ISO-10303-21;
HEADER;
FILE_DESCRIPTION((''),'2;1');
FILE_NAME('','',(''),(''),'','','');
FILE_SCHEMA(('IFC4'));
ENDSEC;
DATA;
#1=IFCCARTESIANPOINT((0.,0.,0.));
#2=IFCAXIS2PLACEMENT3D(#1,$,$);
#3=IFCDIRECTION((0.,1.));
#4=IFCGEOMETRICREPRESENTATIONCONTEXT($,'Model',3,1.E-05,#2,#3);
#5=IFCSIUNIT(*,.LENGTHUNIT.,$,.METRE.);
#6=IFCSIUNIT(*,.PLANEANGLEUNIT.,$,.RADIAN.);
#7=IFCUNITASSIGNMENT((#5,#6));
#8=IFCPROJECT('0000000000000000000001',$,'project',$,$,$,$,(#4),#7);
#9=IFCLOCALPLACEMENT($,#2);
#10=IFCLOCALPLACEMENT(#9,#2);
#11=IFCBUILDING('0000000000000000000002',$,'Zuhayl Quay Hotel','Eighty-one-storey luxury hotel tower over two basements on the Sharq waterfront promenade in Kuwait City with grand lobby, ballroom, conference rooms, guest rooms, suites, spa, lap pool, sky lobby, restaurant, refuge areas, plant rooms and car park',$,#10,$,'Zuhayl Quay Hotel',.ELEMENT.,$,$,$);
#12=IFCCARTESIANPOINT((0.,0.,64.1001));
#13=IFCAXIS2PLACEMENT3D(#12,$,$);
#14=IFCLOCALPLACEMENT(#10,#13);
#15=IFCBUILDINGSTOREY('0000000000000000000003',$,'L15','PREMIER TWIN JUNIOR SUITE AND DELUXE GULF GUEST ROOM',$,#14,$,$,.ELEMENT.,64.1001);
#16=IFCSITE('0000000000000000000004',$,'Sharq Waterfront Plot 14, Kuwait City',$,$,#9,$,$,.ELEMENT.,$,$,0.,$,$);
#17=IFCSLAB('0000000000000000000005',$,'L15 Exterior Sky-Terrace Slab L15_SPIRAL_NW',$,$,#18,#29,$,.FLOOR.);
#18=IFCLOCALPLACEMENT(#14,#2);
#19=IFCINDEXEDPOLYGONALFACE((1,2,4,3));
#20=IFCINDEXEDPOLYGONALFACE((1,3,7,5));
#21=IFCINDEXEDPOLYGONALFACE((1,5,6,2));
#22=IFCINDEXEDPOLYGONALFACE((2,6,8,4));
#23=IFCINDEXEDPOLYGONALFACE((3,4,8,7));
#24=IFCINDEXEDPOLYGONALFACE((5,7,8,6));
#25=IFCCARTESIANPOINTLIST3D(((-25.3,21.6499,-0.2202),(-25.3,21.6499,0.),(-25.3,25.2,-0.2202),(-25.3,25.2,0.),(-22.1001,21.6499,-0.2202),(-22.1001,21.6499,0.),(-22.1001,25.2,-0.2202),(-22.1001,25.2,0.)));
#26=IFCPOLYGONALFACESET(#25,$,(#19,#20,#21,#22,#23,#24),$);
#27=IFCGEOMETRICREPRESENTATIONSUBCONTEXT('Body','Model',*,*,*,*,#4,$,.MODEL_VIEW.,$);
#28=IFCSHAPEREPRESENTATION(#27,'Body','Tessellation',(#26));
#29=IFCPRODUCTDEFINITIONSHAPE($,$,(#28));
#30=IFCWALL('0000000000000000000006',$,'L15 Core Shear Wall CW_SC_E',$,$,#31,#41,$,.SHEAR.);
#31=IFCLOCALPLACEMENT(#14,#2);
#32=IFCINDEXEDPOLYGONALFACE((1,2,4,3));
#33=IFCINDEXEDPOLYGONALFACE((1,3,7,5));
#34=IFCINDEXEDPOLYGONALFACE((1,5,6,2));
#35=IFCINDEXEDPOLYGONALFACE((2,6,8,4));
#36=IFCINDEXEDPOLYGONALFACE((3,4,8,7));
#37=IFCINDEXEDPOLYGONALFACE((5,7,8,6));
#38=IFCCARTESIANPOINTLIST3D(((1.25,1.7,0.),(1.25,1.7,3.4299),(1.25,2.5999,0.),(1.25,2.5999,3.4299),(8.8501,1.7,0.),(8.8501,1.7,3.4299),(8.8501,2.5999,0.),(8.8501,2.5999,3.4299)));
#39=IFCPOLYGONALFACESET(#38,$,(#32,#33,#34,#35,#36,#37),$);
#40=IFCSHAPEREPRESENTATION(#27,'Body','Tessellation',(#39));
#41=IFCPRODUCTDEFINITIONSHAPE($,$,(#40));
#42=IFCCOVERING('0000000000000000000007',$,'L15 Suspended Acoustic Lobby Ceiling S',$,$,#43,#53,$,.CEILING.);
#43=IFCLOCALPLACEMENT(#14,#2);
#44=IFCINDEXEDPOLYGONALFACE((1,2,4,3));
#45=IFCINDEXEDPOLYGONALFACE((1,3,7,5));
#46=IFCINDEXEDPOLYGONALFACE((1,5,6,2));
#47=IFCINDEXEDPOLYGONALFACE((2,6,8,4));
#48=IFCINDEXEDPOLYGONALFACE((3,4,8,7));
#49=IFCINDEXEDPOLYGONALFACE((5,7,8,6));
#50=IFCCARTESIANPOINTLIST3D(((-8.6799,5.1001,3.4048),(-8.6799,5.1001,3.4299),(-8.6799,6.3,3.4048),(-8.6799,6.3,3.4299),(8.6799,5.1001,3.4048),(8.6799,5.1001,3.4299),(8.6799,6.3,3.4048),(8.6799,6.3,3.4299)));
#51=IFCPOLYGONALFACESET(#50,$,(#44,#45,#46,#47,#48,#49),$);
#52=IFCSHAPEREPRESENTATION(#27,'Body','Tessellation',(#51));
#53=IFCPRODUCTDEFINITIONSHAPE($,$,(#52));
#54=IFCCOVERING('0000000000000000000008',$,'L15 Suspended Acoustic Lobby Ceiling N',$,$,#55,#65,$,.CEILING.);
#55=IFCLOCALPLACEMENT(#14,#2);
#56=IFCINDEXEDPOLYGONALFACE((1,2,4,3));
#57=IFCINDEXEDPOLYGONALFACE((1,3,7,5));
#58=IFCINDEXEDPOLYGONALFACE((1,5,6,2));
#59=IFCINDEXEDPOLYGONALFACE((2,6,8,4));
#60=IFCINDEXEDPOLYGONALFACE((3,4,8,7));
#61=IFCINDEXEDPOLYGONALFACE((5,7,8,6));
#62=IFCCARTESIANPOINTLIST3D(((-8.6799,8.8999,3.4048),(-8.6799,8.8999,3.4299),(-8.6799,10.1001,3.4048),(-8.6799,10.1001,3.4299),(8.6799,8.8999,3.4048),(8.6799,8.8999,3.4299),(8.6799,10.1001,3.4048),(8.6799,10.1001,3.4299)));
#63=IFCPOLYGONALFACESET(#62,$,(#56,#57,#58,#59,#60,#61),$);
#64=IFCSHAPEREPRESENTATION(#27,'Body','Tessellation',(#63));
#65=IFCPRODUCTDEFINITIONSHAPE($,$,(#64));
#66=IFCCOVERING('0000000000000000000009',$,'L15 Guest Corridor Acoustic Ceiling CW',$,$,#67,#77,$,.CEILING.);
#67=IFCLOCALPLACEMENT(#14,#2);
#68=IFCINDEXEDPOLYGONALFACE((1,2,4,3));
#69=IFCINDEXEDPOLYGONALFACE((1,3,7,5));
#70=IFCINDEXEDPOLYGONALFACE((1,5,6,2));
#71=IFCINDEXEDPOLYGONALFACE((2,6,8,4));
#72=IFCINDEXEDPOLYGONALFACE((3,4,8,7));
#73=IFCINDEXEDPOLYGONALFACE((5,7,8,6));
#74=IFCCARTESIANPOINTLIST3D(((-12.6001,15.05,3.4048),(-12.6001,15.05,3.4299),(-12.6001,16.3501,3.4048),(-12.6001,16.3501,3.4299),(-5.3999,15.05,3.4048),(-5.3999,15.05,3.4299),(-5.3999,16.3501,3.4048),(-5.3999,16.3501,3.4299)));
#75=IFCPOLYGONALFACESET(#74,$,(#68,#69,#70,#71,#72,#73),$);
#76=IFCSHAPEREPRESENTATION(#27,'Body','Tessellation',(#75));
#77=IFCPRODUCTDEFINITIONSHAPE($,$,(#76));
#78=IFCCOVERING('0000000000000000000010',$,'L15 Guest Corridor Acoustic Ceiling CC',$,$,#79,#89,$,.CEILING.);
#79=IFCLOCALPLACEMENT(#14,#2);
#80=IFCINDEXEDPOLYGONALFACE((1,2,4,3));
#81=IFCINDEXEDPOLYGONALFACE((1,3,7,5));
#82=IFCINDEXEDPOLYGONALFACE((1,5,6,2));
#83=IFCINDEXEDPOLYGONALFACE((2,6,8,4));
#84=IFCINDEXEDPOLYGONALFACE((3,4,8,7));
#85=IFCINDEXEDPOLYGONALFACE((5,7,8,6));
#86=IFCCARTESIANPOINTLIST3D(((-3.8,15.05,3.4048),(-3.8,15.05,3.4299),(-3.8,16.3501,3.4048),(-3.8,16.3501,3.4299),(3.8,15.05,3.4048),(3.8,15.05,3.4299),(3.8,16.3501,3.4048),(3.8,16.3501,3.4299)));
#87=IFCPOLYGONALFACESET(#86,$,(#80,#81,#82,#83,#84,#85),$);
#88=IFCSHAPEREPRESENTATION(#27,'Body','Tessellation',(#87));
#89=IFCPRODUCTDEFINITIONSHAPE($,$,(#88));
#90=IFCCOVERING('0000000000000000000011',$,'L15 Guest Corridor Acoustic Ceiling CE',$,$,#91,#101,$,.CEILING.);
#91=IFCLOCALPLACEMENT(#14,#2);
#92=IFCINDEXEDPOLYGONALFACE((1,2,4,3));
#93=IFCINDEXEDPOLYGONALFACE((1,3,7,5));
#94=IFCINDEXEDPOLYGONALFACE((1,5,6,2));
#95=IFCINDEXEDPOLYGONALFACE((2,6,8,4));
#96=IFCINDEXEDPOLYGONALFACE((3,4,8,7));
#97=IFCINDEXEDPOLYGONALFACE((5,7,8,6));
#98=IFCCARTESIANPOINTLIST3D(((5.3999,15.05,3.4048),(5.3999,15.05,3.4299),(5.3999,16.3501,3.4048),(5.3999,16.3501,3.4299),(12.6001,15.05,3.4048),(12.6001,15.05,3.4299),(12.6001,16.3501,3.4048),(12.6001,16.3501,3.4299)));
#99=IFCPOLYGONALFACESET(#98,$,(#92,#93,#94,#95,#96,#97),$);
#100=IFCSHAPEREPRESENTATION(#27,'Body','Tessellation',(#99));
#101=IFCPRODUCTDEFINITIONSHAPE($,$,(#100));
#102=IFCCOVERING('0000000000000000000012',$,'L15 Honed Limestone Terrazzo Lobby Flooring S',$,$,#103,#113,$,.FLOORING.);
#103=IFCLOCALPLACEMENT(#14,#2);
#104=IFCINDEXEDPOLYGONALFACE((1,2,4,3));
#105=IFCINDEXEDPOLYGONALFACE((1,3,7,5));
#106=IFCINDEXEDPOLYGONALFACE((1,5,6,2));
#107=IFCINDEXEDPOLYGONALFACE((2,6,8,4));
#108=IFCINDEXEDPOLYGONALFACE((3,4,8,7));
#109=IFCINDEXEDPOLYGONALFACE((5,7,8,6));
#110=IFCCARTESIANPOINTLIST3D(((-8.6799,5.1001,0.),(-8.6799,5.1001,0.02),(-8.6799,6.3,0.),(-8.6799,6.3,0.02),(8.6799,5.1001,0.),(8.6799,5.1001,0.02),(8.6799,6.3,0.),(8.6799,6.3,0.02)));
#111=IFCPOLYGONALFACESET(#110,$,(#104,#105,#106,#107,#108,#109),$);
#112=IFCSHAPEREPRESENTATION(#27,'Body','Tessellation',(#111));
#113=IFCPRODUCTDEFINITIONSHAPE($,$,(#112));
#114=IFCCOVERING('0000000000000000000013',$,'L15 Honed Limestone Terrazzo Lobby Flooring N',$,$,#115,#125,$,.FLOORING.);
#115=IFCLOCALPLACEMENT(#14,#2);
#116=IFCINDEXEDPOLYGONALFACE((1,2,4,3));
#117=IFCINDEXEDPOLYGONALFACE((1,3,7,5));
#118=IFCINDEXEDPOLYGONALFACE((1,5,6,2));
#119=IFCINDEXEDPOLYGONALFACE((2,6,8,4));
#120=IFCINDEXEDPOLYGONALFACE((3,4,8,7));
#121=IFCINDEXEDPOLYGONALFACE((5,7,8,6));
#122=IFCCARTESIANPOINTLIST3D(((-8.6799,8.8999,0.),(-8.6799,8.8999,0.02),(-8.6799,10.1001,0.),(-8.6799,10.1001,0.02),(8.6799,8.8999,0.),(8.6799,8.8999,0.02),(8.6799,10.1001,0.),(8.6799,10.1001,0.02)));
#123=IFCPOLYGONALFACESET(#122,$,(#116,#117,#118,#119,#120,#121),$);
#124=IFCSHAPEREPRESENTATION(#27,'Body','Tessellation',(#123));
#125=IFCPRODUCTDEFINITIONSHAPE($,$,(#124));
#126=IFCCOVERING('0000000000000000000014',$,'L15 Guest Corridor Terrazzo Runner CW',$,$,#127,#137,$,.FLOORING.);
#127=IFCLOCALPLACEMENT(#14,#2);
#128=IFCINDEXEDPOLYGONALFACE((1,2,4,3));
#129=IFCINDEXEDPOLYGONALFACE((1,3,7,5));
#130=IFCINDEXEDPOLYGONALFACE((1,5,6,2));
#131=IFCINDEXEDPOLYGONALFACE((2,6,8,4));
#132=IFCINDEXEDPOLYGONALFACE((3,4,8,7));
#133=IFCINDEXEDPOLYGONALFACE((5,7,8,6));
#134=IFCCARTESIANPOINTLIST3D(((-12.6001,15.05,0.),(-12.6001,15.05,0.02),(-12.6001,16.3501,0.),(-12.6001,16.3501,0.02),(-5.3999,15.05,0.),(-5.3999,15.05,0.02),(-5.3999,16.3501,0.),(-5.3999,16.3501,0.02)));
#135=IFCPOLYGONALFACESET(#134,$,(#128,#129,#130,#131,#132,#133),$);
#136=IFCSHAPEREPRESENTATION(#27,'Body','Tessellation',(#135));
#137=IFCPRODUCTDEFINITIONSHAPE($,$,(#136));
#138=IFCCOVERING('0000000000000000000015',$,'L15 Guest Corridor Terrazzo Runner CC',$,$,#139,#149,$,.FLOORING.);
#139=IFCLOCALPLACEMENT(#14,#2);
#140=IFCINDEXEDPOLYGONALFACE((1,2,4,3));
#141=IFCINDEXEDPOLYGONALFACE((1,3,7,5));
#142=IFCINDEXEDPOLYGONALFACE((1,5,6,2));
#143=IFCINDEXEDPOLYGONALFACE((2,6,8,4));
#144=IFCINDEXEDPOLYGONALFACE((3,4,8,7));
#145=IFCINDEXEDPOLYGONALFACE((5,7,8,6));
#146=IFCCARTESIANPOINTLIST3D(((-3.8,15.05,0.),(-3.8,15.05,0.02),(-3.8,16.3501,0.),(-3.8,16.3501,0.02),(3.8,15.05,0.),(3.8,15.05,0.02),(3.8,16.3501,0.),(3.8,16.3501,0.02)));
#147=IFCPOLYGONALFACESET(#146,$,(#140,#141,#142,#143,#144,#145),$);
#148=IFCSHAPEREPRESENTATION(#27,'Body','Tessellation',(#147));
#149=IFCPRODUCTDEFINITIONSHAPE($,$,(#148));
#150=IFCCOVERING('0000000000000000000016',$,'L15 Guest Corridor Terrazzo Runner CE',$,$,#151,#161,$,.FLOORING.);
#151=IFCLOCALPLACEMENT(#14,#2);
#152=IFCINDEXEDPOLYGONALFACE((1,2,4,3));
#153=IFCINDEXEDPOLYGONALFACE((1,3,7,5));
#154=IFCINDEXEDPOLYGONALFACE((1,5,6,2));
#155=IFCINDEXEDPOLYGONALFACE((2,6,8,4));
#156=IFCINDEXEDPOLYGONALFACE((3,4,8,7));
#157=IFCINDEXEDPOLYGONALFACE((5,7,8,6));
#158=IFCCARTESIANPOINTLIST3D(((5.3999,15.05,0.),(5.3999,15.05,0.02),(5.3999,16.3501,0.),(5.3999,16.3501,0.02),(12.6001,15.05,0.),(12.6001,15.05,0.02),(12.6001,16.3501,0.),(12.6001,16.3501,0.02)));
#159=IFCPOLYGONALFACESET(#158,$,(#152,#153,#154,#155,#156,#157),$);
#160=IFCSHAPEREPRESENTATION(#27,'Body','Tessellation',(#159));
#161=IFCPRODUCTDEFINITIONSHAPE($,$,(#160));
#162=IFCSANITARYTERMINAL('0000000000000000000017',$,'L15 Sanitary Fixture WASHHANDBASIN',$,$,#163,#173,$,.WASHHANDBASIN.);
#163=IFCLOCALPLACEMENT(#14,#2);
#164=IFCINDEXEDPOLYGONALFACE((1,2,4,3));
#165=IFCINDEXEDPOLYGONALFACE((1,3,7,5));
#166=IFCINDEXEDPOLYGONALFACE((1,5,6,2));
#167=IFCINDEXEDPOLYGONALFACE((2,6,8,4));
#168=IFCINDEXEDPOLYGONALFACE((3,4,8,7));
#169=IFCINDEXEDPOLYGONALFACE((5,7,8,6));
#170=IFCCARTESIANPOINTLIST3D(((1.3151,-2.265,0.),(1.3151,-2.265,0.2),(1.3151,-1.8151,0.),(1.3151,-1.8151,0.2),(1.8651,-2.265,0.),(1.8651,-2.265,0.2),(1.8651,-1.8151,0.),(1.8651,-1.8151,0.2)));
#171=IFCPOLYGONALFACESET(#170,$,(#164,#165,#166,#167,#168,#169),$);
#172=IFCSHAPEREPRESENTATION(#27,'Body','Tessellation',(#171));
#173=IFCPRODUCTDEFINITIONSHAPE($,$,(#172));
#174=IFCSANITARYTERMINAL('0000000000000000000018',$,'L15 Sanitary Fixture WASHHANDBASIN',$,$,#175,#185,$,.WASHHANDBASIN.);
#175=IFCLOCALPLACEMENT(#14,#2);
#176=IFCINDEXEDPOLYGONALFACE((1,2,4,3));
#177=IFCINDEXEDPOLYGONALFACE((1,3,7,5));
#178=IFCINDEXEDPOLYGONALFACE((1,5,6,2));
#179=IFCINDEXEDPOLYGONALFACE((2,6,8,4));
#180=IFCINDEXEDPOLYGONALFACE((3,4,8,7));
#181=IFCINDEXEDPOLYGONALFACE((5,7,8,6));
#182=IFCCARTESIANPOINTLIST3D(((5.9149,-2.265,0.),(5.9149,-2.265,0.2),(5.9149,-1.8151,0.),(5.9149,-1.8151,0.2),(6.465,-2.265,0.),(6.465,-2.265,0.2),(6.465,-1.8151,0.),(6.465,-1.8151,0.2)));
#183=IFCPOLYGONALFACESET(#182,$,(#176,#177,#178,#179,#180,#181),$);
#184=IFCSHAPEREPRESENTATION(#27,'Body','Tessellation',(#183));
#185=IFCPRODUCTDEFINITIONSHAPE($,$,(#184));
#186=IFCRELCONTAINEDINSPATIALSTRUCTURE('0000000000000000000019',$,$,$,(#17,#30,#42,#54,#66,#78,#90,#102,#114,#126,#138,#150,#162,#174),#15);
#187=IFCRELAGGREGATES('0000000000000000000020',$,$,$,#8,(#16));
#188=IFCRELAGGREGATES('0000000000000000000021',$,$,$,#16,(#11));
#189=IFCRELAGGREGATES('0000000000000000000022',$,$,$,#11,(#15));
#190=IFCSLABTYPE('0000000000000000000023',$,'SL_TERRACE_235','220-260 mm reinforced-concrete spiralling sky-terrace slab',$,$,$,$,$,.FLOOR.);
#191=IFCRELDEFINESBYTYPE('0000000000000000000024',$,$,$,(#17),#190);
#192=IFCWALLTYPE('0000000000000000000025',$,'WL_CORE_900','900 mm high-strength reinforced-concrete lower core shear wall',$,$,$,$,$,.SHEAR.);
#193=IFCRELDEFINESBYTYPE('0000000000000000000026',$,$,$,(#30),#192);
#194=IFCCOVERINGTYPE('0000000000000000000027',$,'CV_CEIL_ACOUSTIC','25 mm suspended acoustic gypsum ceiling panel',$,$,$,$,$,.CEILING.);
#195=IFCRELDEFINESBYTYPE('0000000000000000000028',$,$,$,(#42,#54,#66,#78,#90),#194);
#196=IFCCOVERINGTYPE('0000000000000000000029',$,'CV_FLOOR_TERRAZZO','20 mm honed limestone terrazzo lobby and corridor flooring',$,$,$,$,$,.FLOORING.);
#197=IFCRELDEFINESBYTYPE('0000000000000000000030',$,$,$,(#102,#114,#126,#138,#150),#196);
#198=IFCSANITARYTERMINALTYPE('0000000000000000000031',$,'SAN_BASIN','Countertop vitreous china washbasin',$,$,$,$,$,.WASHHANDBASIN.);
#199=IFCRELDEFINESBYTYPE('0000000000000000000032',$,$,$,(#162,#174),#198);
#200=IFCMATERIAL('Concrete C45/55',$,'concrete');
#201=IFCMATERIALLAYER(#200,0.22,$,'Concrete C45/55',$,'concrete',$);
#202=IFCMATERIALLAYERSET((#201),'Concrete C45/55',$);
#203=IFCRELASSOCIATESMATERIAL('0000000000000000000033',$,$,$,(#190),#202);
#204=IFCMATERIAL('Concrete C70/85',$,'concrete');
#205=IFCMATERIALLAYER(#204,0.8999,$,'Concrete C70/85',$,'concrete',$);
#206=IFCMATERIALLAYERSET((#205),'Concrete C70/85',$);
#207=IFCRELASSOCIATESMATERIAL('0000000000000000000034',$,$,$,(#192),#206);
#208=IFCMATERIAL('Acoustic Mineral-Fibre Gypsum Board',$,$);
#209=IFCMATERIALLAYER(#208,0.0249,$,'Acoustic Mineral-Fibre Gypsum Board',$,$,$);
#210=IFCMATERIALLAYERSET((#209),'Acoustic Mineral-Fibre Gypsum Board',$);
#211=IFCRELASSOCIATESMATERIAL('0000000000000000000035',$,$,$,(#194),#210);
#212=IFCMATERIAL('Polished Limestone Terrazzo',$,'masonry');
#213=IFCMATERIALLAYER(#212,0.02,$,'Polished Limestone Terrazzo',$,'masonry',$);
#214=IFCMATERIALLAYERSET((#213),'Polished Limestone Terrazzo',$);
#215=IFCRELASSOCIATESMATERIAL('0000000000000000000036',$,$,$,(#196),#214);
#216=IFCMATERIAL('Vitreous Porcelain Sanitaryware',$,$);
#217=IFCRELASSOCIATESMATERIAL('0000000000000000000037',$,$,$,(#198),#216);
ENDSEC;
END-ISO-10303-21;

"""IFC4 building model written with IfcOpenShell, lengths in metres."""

from ifc_helpers import new_model, si_unit, direction, frame, frame_2d, origin, origin_2d, place, context, subcontext, project, spatial, polyline, rectangle, outline, extrude, material, layer, layer_set, type_object, element, save


model = new_model("IFC4")

# Units and contexts
model_context = context("Model", 3, precision=1e-05, world=origin(), true_north=direction((0.0, 1.0)))
body_context = subcontext(model_context, "Body", "Model", "MODEL_VIEW")
ifc_project = project(units=[si_unit("LENGTHUNIT", "METRE"), si_unit("PLANEANGLEUNIT", "RADIAN")], contexts=[model_context])

# Site, building, storey
site_placement = place(None, origin())
site = spatial("IfcSite", under=ifc_project, at=site_placement, Name="Sharq Waterfront Plot 14, Kuwait City", CompositionType="ELEMENT", RefElevation=0.0)
building_placement = place(site_placement, origin())
building = spatial("IfcBuilding", under=site, at=building_placement, Name="Zuhayl Quay Hotel", Description="Eighty-one-storey luxury hotel tower over two basements on the Sharq waterfront promenade in Kuwait City with grand lobby, ballroom, conference rooms, guest rooms, suites, spa, lap pool, sky lobby, restaurant, refuge areas, plant rooms and car park", LongName="Zuhayl Quay Hotel", CompositionType="ELEMENT")
storey_placement = place(building_placement, frame((0.0, 0.0, 64.1001)))
storey = spatial("IfcBuildingStorey", under=building, at=storey_placement, Name="L15", Description="PREMIER TWIN JUNIOR SUITE AND DELUXE GULF GUEST ROOM", CompositionType="ELEMENT", Elevation=64.1001)

# Shared definitions
ifc_material_1 = material(Name="Concrete C70/85", Category="concrete")

# Shared definitions
ifc_material_2 = material(Name="Concrete C45/55", Category="concrete")

# Slab
ifc_layer_1 = layer(ifc_material_2, 0.22, Name="Concrete C45/55", Category="concrete")
ifc_layer_set_1 = layer_set([ifc_layer_1], Name="Concrete C45/55")
slab_type_1 = type_object("IfcSlabType", Name="SL_TERRACE_235", Description="220-260 mm reinforced-concrete spiralling sky-terrace slab", PredefinedType="FLOOR", material=ifc_layer_set_1)
slab_1_placement = place(storey_placement, frame((0.0, 0.0, -0.2202)))
element("IfcSlab", 1, at=slab_1_placement, inside=storey, type_object=slab_type_1, Name="L15 Exterior Sky-Terrace Slab L15_SPIRAL_NW", PredefinedType="FLOOR", context=body_context, shape_type="SweptSolid", body=[
    extrude(outline(polyline([(-25.3, 21.6499), (-22.1001, 21.6499), (-22.1001, 25.2), (-25.3, 25.2), (-25.3, 21.6499)])), origin(), (0.0, 0.0, 1.0), 0.2202),
])

# Wall
ifc_layer_2 = layer(ifc_material_1, 0.8999, Name="Concrete C70/85", Category="concrete")
ifc_layer_set_2 = layer_set([ifc_layer_2], Name="Concrete C70/85")
wall_type_1 = type_object("IfcWallType", Name="WL_CORE_900", Description="900 mm high-strength reinforced-concrete lower core shear wall", PredefinedType="SHEAR", material=ifc_layer_set_2)
wall_1_placement = place(storey_placement, frame((1.25, 2.1499, 0.0), z_axis=(0.0, 0.0, 1.0), x_axis=(1.0, 0.0, 0.0)))
element("IfcWall", 2, at=wall_1_placement, inside=storey, type_object=wall_type_1, Name="L15 Core Shear Wall CW_SC_E", PredefinedType="SHEAR", context=body_context, shape_type="SweptSolid", body=[
    extrude(rectangle(XDim=7.6001, YDim=0.8999, at=frame_2d((3.8, 0.0))), origin(), (0.0, 0.0, 1.0), 3.4299),
])

# Coverings
ifc_material_3 = material(Name="Acoustic Mineral-Fibre Gypsum Board")
ifc_layer_3 = layer(ifc_material_3, 0.0249, Name="Acoustic Mineral-Fibre Gypsum Board")
ifc_layer_set_3 = layer_set([ifc_layer_3], Name="Acoustic Mineral-Fibre Gypsum Board")
covering_type_1 = type_object("IfcCoveringType", Name="CV_CEIL_ACOUSTIC", Description="25 mm suspended acoustic gypsum ceiling panel", PredefinedType="CEILING", material=ifc_layer_set_3)
covering_1_placement = place(storey_placement, frame((0.0, 0.0, 3.4048)))
element("IfcCovering", 3, at=covering_1_placement, inside=storey, type_object=covering_type_1, Name="L15 Suspended Acoustic Lobby Ceiling S", PredefinedType="CEILING", context=body_context, shape_type="SweptSolid", body=[
    extrude(outline(polyline([(-8.6799, 5.1001), (8.6799, 5.1001), (8.6799, 6.3), (-8.6799, 6.3), (-8.6799, 5.1001)])), origin(), (0.0, 0.0, 1.0), 0.0251),
])
covering_2_placement = place(storey_placement, frame((0.0, 0.0, 3.4048)))
element("IfcCovering", 4, at=covering_2_placement, inside=storey, type_object=covering_type_1, Name="L15 Suspended Acoustic Lobby Ceiling N", PredefinedType="CEILING", context=body_context, shape_type="SweptSolid", body=[
    extrude(outline(polyline([(-8.6799, 8.8999), (8.6799, 8.8999), (8.6799, 10.1001), (-8.6799, 10.1001), (-8.6799, 8.8999)])), origin(), (0.0, 0.0, 1.0), 0.0251),
])
covering_3_placement = place(storey_placement, frame((0.0, 0.0, 3.4048)))
element("IfcCovering", 5, at=covering_3_placement, inside=storey, type_object=covering_type_1, Name="L15 Guest Corridor Acoustic Ceiling CW", PredefinedType="CEILING", context=body_context, shape_type="SweptSolid", body=[
    extrude(outline(polyline([(-12.6001, 15.05), (-5.3999, 15.05), (-5.3999, 16.3501), (-12.6001, 16.3501), (-12.6001, 15.05)])), origin(), (0.0, 0.0, 1.0), 0.0251),
])
covering_4_placement = place(storey_placement, frame((0.0, 0.0, 3.4048)))
element("IfcCovering", 6, at=covering_4_placement, inside=storey, type_object=covering_type_1, Name="L15 Guest Corridor Acoustic Ceiling CC", PredefinedType="CEILING", context=body_context, shape_type="SweptSolid", body=[
    extrude(outline(polyline([(-3.8, 15.05), (3.8, 15.05), (3.8, 16.3501), (-3.8, 16.3501), (-3.8, 15.05)])), origin(), (0.0, 0.0, 1.0), 0.0251),
])
covering_5_placement = place(storey_placement, frame((0.0, 0.0, 3.4048)))
element("IfcCovering", 7, at=covering_5_placement, inside=storey, type_object=covering_type_1, Name="L15 Guest Corridor Acoustic Ceiling CE", PredefinedType="CEILING", context=body_context, shape_type="SweptSolid", body=[
    extrude(outline(polyline([(5.3999, 15.05), (12.6001, 15.05), (12.6001, 16.3501), (5.3999, 16.3501), (5.3999, 15.05)])), origin(), (0.0, 0.0, 1.0), 0.0251),
])
ifc_material_4 = material(Name="Polished Limestone Terrazzo", Category="masonry")
ifc_layer_4 = layer(ifc_material_4, 0.02, Name="Polished Limestone Terrazzo", Category="masonry")
ifc_layer_set_4 = layer_set([ifc_layer_4], Name="Polished Limestone Terrazzo")
covering_type_2 = type_object("IfcCoveringType", Name="CV_FLOOR_TERRAZZO", Description="20 mm honed limestone terrazzo lobby and corridor flooring", PredefinedType="FLOORING", material=ifc_layer_set_4)
covering_6_placement = place(storey_placement, origin())
element("IfcCovering", 8, at=covering_6_placement, inside=storey, type_object=covering_type_2, Name="L15 Honed Limestone Terrazzo Lobby Flooring S", PredefinedType="FLOORING", context=body_context, shape_type="SweptSolid", body=[
    extrude(outline(polyline([(-8.6799, 5.1001), (8.6799, 5.1001), (8.6799, 6.3), (-8.6799, 6.3), (-8.6799, 5.1001)])), origin(), (0.0, 0.0, 1.0), 0.02),
])
covering_7_placement = place(storey_placement, origin())
element("IfcCovering", 9, at=covering_7_placement, inside=storey, type_object=covering_type_2, Name="L15 Honed Limestone Terrazzo Lobby Flooring N", PredefinedType="FLOORING", context=body_context, shape_type="SweptSolid", body=[
    extrude(outline(polyline([(-8.6799, 8.8999), (8.6799, 8.8999), (8.6799, 10.1001), (-8.6799, 10.1001), (-8.6799, 8.8999)])), origin(), (0.0, 0.0, 1.0), 0.02),
])
covering_8_placement = place(storey_placement, origin())
element("IfcCovering", 10, at=covering_8_placement, inside=storey, type_object=covering_type_2, Name="L15 Guest Corridor Terrazzo Runner CW", PredefinedType="FLOORING", context=body_context, shape_type="SweptSolid", body=[
    extrude(outline(polyline([(-12.6001, 15.05), (-5.3999, 15.05), (-5.3999, 16.3501), (-12.6001, 16.3501), (-12.6001, 15.05)])), origin(), (0.0, 0.0, 1.0), 0.02),
])
covering_9_placement = place(storey_placement, origin())
element("IfcCovering", 11, at=covering_9_placement, inside=storey, type_object=covering_type_2, Name="L15 Guest Corridor Terrazzo Runner CC", PredefinedType="FLOORING", context=body_context, shape_type="SweptSolid", body=[
    extrude(outline(polyline([(-3.8, 15.05), (3.8, 15.05), (3.8, 16.3501), (-3.8, 16.3501), (-3.8, 15.05)])), origin(), (0.0, 0.0, 1.0), 0.02),
])
covering_10_placement = place(storey_placement, origin())
element("IfcCovering", 12, at=covering_10_placement, inside=storey, type_object=covering_type_2, Name="L15 Guest Corridor Terrazzo Runner CE", PredefinedType="FLOORING", context=body_context, shape_type="SweptSolid", body=[
    extrude(outline(polyline([(5.3999, 15.05), (12.6001, 15.05), (12.6001, 16.3501), (5.3999, 16.3501), (5.3999, 15.05)])), origin(), (0.0, 0.0, 1.0), 0.02),
])

# Sanitary terminals
ifc_material_5 = material(Name="Vitreous Porcelain Sanitaryware")
sanitary_terminal_type_1 = type_object("IfcSanitaryTerminalType", Name="SAN_BASIN", Description="Countertop vitreous china washbasin", PredefinedType="WASHHANDBASIN", material=ifc_material_5)
for number, where, z_axis, x_axis, name in (
    (13, (1.5901, -2.04, 0.0), (0.0, 0.0, 1.0), (1.0, 0.0, 0.0), "L15 Sanitary Fixture WASHHANDBASIN"),
    (14, (6.1899, -2.04, 0.0), (0.0, 0.0, 1.0), (1.0, 0.0, 0.0), "L15 Sanitary Fixture WASHHANDBASIN"),
):
    element("IfcSanitaryTerminal", number, at=place(storey_placement, frame(where, z_axis=z_axis, x_axis=x_axis)), inside=storey, type_object=sanitary_terminal_type_1, Name=name, PredefinedType="WASHHANDBASIN", context=body_context, shape_type="SweptSolid", body=[
        extrude(rectangle(XDim=0.55, YDim=0.45, at=origin_2d()), origin(), (0.0, 0.0, 1.0), 0.2),
    ])

save(model, "model.ifc")
